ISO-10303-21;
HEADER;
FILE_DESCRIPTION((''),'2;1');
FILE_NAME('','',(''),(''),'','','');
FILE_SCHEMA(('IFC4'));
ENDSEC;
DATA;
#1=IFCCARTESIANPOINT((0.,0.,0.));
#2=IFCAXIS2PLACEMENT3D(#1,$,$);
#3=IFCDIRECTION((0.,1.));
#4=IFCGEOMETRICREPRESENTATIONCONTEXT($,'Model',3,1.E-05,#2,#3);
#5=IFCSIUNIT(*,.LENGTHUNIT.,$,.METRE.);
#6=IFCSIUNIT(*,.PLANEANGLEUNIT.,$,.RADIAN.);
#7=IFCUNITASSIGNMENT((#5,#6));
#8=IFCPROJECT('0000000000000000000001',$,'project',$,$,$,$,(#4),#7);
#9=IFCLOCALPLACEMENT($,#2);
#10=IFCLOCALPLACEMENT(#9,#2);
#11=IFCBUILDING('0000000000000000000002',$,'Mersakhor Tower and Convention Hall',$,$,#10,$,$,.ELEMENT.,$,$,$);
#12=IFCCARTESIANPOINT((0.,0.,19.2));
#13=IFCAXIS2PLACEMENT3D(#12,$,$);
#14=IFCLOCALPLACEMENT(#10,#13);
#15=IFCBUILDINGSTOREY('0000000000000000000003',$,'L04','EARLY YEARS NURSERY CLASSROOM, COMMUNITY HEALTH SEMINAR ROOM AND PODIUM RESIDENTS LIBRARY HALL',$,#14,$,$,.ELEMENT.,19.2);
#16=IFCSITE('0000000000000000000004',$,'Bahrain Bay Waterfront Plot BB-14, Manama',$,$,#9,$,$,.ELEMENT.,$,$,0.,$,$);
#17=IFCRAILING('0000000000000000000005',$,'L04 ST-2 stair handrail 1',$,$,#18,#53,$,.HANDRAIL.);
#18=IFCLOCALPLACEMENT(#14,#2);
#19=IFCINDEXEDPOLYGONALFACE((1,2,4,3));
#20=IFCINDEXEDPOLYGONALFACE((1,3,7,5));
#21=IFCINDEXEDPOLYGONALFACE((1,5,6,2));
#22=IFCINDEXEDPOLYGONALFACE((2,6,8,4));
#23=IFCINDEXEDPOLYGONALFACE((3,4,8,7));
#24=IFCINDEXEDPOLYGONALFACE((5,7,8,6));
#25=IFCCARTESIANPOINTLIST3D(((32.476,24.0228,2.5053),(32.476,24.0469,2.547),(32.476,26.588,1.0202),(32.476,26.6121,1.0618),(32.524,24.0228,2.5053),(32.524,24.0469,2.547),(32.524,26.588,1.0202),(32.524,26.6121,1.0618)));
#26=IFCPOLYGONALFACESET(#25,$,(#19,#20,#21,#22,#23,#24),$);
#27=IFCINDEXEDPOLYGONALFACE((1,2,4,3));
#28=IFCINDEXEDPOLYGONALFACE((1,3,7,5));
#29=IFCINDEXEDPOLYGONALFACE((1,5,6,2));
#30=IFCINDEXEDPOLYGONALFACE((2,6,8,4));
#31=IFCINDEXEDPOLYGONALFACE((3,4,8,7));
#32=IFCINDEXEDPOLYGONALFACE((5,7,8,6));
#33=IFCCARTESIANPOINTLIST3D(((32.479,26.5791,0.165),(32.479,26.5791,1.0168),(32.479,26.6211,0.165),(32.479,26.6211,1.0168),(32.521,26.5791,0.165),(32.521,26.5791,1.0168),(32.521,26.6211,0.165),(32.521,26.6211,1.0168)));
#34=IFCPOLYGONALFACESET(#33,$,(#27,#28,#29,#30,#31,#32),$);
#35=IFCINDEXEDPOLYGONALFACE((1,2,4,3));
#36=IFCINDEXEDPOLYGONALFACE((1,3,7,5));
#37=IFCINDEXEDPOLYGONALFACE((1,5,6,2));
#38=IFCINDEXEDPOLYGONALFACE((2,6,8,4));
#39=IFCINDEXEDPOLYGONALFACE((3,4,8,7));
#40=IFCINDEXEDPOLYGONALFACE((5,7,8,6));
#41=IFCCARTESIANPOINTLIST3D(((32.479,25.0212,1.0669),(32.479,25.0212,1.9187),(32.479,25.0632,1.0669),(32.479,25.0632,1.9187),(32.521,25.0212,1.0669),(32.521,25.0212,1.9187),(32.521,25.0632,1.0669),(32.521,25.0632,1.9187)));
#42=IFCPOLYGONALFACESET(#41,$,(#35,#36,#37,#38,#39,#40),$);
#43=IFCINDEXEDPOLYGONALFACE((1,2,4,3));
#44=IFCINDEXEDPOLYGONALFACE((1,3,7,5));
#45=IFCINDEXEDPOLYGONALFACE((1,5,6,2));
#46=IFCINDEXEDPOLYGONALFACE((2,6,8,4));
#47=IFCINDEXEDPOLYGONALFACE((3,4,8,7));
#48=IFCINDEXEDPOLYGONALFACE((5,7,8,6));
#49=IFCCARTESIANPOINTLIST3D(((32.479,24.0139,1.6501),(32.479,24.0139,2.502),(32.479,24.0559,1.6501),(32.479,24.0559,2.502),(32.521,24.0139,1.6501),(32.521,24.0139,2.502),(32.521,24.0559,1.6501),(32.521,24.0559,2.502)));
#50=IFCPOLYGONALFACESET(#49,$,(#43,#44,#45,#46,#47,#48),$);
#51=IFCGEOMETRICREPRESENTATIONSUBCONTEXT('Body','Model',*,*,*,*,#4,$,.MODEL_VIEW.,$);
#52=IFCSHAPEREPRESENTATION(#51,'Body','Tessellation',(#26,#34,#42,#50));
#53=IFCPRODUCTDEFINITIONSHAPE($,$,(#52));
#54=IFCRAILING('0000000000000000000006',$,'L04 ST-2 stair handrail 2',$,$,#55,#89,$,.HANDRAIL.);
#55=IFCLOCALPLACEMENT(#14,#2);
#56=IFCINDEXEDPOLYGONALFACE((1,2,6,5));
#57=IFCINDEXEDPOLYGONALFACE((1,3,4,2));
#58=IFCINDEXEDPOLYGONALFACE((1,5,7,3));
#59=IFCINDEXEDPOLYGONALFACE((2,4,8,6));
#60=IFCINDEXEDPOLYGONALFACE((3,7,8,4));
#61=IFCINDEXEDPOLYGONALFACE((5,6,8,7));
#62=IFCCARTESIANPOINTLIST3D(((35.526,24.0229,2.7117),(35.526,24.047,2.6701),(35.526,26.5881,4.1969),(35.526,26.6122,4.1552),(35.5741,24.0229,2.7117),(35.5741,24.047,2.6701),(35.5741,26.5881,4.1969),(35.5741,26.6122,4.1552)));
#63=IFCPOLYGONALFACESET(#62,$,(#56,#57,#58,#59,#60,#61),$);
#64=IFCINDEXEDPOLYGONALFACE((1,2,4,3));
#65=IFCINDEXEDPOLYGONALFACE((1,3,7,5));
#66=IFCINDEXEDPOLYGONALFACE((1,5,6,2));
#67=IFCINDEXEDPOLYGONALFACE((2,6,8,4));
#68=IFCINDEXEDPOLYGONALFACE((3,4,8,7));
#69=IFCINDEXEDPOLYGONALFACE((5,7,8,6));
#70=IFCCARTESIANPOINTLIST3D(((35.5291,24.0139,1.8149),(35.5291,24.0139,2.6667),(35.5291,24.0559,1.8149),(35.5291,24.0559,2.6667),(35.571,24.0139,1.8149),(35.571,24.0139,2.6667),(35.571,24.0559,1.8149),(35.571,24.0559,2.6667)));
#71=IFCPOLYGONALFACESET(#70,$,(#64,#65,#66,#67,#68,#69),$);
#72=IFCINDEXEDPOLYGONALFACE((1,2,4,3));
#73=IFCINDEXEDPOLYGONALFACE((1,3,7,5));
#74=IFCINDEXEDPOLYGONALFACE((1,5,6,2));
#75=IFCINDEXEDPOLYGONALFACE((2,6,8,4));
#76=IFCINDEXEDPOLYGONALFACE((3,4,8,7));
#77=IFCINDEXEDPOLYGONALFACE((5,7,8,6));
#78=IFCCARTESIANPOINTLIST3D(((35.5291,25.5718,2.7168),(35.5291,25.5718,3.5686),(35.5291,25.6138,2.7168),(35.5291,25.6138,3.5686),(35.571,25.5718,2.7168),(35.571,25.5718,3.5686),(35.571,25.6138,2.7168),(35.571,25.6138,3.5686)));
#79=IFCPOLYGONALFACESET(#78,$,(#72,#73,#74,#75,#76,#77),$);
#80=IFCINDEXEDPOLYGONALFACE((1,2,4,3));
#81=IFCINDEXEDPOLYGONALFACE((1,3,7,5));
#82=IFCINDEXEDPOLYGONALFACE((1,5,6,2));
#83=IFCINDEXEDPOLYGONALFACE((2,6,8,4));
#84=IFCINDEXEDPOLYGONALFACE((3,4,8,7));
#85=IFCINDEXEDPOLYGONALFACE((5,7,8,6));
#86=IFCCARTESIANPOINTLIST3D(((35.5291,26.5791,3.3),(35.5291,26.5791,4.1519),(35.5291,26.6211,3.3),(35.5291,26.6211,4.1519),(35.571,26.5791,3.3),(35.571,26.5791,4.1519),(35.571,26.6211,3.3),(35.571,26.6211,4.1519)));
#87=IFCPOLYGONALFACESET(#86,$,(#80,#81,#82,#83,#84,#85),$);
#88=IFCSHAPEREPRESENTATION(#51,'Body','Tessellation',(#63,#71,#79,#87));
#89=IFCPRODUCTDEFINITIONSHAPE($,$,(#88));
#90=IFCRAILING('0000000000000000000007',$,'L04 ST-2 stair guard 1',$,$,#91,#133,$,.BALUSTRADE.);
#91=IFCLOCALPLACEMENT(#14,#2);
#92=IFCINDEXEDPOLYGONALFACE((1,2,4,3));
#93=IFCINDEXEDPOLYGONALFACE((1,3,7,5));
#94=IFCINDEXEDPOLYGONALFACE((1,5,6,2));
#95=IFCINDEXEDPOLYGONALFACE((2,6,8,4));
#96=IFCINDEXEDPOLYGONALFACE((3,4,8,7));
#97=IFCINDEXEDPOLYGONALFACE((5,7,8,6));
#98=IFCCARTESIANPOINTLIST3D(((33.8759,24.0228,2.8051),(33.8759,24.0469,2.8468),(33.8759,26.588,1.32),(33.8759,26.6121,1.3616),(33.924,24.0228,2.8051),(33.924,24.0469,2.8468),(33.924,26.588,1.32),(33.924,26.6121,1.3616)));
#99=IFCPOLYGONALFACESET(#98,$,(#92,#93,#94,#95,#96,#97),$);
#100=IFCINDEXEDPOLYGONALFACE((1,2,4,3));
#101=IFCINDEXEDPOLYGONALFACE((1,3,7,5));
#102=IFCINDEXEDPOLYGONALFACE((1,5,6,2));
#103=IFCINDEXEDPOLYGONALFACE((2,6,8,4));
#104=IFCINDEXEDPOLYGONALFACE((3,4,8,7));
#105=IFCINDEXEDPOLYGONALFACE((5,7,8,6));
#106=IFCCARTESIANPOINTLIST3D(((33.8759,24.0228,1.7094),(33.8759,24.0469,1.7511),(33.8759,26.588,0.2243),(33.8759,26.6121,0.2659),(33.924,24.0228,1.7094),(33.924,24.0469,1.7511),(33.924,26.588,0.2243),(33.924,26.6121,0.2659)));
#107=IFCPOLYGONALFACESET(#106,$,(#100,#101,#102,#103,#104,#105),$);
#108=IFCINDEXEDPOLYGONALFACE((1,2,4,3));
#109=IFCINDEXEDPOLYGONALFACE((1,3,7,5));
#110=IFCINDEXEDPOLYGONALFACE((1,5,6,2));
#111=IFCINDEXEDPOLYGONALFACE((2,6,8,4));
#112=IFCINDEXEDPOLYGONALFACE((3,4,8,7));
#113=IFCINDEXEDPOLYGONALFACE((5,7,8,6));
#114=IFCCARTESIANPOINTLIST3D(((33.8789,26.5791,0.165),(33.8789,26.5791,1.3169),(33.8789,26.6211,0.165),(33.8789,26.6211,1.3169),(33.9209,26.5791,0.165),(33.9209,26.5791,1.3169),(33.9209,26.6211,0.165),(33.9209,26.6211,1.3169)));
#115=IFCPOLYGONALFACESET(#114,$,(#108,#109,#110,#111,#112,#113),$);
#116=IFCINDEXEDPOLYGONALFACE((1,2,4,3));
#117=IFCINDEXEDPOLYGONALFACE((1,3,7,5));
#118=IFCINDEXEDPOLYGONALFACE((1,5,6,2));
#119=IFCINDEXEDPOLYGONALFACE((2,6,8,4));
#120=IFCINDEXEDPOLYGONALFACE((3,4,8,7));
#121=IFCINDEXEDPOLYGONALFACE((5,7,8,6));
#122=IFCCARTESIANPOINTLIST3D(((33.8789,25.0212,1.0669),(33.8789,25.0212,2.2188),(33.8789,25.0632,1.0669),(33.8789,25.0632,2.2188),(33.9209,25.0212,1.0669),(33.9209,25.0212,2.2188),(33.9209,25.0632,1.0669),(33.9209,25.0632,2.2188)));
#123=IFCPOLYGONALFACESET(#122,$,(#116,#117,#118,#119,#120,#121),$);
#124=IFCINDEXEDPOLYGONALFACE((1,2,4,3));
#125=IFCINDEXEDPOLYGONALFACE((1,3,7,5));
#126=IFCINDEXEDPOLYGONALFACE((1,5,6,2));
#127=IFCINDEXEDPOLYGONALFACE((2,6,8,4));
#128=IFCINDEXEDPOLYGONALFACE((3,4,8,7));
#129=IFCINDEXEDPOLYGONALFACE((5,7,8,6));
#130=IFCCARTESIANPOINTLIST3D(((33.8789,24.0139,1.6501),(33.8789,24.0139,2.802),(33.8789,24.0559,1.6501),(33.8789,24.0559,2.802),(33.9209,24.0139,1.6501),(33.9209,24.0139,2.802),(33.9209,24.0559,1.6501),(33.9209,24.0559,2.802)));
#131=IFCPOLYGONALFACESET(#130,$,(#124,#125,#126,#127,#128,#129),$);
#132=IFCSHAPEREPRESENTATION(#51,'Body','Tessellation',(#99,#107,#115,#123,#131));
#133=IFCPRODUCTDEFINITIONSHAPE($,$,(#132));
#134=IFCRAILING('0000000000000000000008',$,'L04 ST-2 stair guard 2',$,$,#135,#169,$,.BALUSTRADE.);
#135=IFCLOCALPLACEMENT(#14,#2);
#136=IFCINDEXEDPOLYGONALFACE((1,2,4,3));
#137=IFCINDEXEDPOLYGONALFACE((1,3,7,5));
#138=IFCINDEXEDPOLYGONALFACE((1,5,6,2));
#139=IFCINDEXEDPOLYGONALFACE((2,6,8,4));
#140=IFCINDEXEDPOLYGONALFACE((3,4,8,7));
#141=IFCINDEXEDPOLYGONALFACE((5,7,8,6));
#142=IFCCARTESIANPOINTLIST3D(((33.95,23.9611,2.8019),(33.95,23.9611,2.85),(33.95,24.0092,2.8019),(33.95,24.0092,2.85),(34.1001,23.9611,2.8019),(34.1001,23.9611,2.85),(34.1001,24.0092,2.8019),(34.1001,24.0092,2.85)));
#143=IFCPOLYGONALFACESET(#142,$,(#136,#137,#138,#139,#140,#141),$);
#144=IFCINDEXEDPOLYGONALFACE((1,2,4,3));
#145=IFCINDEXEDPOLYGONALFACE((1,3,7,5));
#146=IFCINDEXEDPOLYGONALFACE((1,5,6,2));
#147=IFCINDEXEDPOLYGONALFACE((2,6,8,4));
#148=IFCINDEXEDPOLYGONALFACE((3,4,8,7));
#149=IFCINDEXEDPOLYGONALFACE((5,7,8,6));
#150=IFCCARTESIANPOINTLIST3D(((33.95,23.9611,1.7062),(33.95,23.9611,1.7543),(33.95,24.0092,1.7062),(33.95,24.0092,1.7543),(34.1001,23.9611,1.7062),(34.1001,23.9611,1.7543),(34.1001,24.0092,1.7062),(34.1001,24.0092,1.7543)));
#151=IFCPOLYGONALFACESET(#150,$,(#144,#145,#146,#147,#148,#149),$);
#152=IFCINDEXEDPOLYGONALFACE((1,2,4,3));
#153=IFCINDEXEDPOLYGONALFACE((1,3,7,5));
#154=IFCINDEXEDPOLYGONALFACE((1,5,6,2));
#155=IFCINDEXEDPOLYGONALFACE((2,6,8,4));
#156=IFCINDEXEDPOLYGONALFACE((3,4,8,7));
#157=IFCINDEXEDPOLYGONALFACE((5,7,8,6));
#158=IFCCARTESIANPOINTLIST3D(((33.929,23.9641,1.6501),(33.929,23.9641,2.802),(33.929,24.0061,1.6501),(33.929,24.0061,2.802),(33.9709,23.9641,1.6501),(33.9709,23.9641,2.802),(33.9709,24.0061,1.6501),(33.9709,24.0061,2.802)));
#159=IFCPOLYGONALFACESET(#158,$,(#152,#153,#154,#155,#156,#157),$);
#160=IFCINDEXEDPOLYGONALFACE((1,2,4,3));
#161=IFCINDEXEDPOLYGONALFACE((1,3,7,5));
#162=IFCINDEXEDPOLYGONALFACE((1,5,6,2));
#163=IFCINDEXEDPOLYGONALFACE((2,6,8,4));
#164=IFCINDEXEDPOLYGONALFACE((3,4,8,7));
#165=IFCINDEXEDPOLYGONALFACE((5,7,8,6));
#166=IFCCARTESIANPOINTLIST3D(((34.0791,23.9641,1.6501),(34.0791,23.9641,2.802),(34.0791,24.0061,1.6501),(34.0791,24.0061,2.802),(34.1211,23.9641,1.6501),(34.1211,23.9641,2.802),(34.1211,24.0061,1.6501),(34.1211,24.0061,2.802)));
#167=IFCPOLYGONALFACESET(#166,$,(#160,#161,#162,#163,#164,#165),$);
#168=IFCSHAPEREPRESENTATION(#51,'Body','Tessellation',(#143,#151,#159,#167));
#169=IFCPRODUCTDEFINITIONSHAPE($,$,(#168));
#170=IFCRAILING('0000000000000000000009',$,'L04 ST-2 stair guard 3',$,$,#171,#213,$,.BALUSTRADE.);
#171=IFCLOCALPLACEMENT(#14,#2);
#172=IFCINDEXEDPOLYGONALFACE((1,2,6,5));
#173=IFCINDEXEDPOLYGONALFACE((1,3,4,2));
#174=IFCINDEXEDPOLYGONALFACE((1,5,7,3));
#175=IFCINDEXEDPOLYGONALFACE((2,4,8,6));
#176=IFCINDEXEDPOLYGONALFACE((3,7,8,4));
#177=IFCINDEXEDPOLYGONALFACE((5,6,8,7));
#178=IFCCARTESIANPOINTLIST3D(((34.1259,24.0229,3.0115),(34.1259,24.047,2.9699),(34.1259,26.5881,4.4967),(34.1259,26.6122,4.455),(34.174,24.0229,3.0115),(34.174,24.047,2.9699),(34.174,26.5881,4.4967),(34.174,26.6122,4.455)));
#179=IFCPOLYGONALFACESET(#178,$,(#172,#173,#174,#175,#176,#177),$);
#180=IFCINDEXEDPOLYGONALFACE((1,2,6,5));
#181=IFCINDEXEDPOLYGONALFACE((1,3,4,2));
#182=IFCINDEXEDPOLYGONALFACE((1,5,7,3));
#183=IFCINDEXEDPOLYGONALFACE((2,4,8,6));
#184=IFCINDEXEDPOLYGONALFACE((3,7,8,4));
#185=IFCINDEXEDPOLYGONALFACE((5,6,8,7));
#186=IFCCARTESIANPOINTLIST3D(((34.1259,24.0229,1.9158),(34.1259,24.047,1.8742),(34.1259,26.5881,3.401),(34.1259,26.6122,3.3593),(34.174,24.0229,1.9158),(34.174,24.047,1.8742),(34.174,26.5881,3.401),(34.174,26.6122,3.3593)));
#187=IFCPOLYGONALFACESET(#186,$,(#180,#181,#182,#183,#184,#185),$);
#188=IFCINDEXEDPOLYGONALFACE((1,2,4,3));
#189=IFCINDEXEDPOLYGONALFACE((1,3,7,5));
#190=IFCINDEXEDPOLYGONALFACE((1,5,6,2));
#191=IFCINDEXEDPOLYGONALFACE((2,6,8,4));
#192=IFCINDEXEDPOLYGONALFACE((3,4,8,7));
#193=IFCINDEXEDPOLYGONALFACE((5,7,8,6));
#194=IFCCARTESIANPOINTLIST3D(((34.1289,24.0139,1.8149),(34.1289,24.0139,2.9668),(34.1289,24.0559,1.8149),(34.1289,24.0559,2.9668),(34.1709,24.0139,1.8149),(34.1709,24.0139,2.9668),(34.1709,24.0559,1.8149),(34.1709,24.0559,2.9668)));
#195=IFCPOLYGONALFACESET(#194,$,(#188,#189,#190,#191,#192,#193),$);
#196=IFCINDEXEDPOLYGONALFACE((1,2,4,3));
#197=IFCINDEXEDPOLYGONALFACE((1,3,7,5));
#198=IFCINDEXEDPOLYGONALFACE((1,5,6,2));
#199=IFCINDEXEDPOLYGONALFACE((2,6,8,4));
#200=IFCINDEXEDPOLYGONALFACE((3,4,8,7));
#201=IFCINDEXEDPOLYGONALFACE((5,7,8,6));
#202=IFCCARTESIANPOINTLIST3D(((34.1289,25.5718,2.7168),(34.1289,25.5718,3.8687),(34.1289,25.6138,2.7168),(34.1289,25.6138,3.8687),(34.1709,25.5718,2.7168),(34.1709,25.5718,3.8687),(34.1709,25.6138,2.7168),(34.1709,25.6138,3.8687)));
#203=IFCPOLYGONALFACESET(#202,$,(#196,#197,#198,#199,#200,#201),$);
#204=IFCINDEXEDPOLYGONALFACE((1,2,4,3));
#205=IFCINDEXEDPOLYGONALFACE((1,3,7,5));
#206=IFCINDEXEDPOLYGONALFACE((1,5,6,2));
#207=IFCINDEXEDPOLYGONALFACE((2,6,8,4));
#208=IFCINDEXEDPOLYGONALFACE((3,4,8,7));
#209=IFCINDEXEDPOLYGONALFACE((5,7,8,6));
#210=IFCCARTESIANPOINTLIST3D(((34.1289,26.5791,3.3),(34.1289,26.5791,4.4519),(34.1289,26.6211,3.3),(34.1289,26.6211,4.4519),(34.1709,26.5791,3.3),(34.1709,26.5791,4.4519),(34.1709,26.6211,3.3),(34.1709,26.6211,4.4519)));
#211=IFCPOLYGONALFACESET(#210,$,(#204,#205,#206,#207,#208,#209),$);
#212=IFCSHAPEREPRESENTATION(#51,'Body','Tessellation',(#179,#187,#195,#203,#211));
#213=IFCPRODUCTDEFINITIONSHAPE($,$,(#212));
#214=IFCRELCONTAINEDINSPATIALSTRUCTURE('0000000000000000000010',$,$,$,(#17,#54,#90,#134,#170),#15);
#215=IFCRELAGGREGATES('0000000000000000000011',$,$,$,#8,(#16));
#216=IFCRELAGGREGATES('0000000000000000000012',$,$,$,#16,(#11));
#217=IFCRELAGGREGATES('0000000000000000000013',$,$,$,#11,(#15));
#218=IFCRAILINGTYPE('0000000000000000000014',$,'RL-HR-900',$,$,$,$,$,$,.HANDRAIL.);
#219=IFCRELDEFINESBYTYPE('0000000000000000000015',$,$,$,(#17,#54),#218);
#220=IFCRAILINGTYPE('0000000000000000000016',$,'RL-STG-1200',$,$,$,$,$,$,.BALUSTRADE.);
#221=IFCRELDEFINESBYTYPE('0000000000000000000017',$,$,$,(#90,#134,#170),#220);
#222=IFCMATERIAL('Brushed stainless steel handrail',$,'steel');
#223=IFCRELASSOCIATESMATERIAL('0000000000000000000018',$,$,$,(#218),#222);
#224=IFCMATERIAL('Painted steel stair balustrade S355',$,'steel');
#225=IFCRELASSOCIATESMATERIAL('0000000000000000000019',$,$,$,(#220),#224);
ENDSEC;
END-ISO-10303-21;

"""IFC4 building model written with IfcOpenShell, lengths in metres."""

from ifc_helpers import new_model, si_unit, direction, frame, origin, origin_2d, place, context, subcontext, project, spatial, rectangle, extrude, material, type_object, element, save


model = new_model("IFC4")

# Units and contexts
model_context = context("Model", 3, precision=1e-05, world=origin(), true_north=direction((0.0, 1.0)))
body_context = subcontext(model_context, "Body", "Model", "MODEL_VIEW")
ifc_project = project(units=[si_unit("LENGTHUNIT", "METRE"), si_unit("PLANEANGLEUNIT", "RADIAN")], contexts=[model_context])

# Site, building, storey
site_placement = place(None, origin())
site = spatial("IfcSite", under=ifc_project, at=site_placement, Name="Bahrain Bay Waterfront Plot BB-14, Manama", CompositionType="ELEMENT", RefElevation=0.0)
building_placement = place(site_placement, origin())
building = spatial("IfcBuilding", under=site, at=building_placement, Name="Mersakhor Tower and Convention Hall", CompositionType="ELEMENT")
storey_placement = place(building_placement, frame((0.0, 0.0, 19.2)))
storey = spatial("IfcBuildingStorey", under=building, at=storey_placement, Name="L04", Description="EARLY YEARS NURSERY CLASSROOM, COMMUNITY HEALTH SEMINAR ROOM AND PODIUM RESIDENTS LIBRARY HALL", CompositionType="ELEMENT", Elevation=19.2)

# Railings
ifc_material_1 = material(Name="Brushed stainless steel handrail", Category="steel")
railing_type_1 = type_object("IfcRailingType", Name="RL-HR-900", PredefinedType="HANDRAIL", material=ifc_material_1)
railing_1_placement = place(storey_placement, frame((32.5, 26.6001, 0.165)))
element("IfcRailing", 1, at=railing_1_placement, inside=storey, type_object=railing_type_1, Name="L04 ST-2 stair handrail 1", PredefinedType="HANDRAIL", context=body_context, shape_type="SweptSolid", body=[
    extrude(rectangle(XDim=0.0481, YDim=0.0481, at=origin_2d()), frame((0.0, 0.0, 0.876), z_axis=(0.0, -0.865426, 0.501036), x_axis=(1.0, 0.0, 0.0)), (0.0, 0.0, 1.0), 2.9641),
    extrude(rectangle(XDim=0.042, YDim=0.042, at=origin_2d()), origin(), (0.0, 0.0, 1.0), 0.8518),
    extrude(rectangle(XDim=0.042, YDim=0.042, at=origin_2d()), frame((0.0, -1.5579, 0.9019)), (0.0, 0.0, 1.0), 0.8518),
    extrude(rectangle(XDim=0.042, YDim=0.042, at=origin_2d()), frame((0.0, -2.5652, 1.4851)), (0.0, 0.0, 1.0), 0.8518),
])
railing_2_placement = place(storey_placement, frame((35.55, 24.0349, 1.8149)))
element("IfcRailing", 2, at=railing_2_placement, inside=storey, type_object=railing_type_1, Name="L04 ST-2 stair handrail 2", PredefinedType="HANDRAIL", context=body_context, shape_type="SweptSolid", body=[
    extrude(rectangle(XDim=0.0481, YDim=0.0481, at=origin_2d()), frame((0.0, 0.0, 0.876), z_axis=(0.0, 0.865426, 0.501036), x_axis=(-1.0, 0.0, 0.0)), (0.0, 0.0, 1.0), 2.9641),
    extrude(rectangle(XDim=0.042, YDim=0.042, at=origin_2d()), origin(), (0.0, 0.0, 1.0), 0.8518),
    extrude(rectangle(XDim=0.042, YDim=0.042, at=origin_2d()), frame((0.0, 1.5579, 0.9019)), (0.0, 0.0, 1.0), 0.8518),
    extrude(rectangle(XDim=0.042, YDim=0.042, at=origin_2d()), frame((0.0, 2.5652, 1.4851)), (0.0, 0.0, 1.0), 0.8518),
])
ifc_material_2 = material(Name="Painted steel stair balustrade S355", Category="steel")
railing_type_2 = type_object("IfcRailingType", Name="RL-STG-1200", PredefinedType="BALUSTRADE", material=ifc_material_2)
railing_3_placement = place(storey_placement, frame((33.8999, 26.6001, 0.165)))
element("IfcRailing", 3, at=railing_3_placement, inside=storey, type_object=railing_type_2, Name="L04 ST-2 stair guard 1", PredefinedType="BALUSTRADE", context=body_context, shape_type="SweptSolid", body=[
    extrude(rectangle(XDim=0.0481, YDim=0.0481, at=origin_2d()), frame((0.0, 0.0, 1.1758), z_axis=(0.0, -0.865426, 0.501036), x_axis=(1.0, 0.0, 0.0)), (0.0, 0.0, 1.0), 2.9641),
    extrude(rectangle(XDim=0.0481, YDim=0.0481, at=origin_2d()), frame((0.0, 0.0, 0.0801), z_axis=(0.0, -0.865426, 0.501036), x_axis=(1.0, 0.0, 0.0)), (0.0, 0.0, 1.0), 2.9641),
    extrude(rectangle(XDim=0.042, YDim=0.042, at=origin_2d()), origin(), (0.0, 0.0, 1.0), 1.1519),
    extrude(rectangle(XDim=0.042, YDim=0.042, at=origin_2d()), frame((0.0, -1.5579, 0.9019)), (0.0, 0.0, 1.0), 1.1519),
    extrude(rectangle(XDim=0.042, YDim=0.042, at=origin_2d()), frame((0.0, -2.5652, 1.4851)), (0.0, 0.0, 1.0), 1.1519),
])
railing_4_placement = place(storey_placement, frame((33.95, 23.9851, 1.6501)))
element("IfcRailing", 4, at=railing_4_placement, inside=storey, type_object=railing_type_2, Name="L04 ST-2 stair guard 2", PredefinedType="BALUSTRADE", context=body_context, shape_type="SweptSolid", body=[
    extrude(rectangle(XDim=0.0481, YDim=0.0481, at=origin_2d()), frame((0.0, 0.0, 1.1758), z_axis=(1.0, 0.0, 0.0), x_axis=(0.0, 1.0, 0.0)), (0.0, 0.0, 1.0), 0.1501),
    extrude(rectangle(XDim=0.0481, YDim=0.0481, at=origin_2d()), frame((0.0, 0.0, 0.0801), z_axis=(1.0, 0.0, 0.0), x_axis=(0.0, 1.0, 0.0)), (0.0, 0.0, 1.0), 0.1501),
    extrude(rectangle(XDim=0.042, YDim=0.042, at=origin_2d()), origin(), (0.0, 0.0, 1.0), 1.1519),
    extrude(rectangle(XDim=0.042, YDim=0.042, at=origin_2d()), frame((0.1501, 0.0, 0.0)), (0.0, 0.0, 1.0), 1.1519),
])
railing_5_placement = place(storey_placement, frame((34.1499, 24.0349, 1.8149)))
element("IfcRailing", 5, at=railing_5_placement, inside=storey, type_object=railing_type_2, Name="L04 ST-2 stair guard 3", PredefinedType="BALUSTRADE", context=body_context, shape_type="SweptSolid", body=[
    extrude(rectangle(XDim=0.0481, YDim=0.0481, at=origin_2d()), frame((0.0, 0.0, 1.1758), z_axis=(0.0, 0.865426, 0.501036), x_axis=(-1.0, 0.0, 0.0)), (0.0, 0.0, 1.0), 2.9641),
    extrude(rectangle(XDim=0.0481, YDim=0.0481, at=origin_2d()), frame((0.0, 0.0, 0.0801), z_axis=(0.0, 0.865426, 0.501036), x_axis=(-1.0, 0.0, 0.0)), (0.0, 0.0, 1.0), 2.9641),
    extrude(rectangle(XDim=0.042, YDim=0.042, at=origin_2d()), origin(), (0.0, 0.0, 1.0), 1.1519),
    extrude(rectangle(XDim=0.042, YDim=0.042, at=origin_2d()), frame((0.0, 1.5579, 0.9019)), (0.0, 0.0, 1.0), 1.1519),
    extrude(rectangle(XDim=0.042, YDim=0.042, at=origin_2d()), frame((0.0, 2.5652, 1.4851)), (0.0, 0.0, 1.0), 1.1519),
])

save(model, "model.ifc")
